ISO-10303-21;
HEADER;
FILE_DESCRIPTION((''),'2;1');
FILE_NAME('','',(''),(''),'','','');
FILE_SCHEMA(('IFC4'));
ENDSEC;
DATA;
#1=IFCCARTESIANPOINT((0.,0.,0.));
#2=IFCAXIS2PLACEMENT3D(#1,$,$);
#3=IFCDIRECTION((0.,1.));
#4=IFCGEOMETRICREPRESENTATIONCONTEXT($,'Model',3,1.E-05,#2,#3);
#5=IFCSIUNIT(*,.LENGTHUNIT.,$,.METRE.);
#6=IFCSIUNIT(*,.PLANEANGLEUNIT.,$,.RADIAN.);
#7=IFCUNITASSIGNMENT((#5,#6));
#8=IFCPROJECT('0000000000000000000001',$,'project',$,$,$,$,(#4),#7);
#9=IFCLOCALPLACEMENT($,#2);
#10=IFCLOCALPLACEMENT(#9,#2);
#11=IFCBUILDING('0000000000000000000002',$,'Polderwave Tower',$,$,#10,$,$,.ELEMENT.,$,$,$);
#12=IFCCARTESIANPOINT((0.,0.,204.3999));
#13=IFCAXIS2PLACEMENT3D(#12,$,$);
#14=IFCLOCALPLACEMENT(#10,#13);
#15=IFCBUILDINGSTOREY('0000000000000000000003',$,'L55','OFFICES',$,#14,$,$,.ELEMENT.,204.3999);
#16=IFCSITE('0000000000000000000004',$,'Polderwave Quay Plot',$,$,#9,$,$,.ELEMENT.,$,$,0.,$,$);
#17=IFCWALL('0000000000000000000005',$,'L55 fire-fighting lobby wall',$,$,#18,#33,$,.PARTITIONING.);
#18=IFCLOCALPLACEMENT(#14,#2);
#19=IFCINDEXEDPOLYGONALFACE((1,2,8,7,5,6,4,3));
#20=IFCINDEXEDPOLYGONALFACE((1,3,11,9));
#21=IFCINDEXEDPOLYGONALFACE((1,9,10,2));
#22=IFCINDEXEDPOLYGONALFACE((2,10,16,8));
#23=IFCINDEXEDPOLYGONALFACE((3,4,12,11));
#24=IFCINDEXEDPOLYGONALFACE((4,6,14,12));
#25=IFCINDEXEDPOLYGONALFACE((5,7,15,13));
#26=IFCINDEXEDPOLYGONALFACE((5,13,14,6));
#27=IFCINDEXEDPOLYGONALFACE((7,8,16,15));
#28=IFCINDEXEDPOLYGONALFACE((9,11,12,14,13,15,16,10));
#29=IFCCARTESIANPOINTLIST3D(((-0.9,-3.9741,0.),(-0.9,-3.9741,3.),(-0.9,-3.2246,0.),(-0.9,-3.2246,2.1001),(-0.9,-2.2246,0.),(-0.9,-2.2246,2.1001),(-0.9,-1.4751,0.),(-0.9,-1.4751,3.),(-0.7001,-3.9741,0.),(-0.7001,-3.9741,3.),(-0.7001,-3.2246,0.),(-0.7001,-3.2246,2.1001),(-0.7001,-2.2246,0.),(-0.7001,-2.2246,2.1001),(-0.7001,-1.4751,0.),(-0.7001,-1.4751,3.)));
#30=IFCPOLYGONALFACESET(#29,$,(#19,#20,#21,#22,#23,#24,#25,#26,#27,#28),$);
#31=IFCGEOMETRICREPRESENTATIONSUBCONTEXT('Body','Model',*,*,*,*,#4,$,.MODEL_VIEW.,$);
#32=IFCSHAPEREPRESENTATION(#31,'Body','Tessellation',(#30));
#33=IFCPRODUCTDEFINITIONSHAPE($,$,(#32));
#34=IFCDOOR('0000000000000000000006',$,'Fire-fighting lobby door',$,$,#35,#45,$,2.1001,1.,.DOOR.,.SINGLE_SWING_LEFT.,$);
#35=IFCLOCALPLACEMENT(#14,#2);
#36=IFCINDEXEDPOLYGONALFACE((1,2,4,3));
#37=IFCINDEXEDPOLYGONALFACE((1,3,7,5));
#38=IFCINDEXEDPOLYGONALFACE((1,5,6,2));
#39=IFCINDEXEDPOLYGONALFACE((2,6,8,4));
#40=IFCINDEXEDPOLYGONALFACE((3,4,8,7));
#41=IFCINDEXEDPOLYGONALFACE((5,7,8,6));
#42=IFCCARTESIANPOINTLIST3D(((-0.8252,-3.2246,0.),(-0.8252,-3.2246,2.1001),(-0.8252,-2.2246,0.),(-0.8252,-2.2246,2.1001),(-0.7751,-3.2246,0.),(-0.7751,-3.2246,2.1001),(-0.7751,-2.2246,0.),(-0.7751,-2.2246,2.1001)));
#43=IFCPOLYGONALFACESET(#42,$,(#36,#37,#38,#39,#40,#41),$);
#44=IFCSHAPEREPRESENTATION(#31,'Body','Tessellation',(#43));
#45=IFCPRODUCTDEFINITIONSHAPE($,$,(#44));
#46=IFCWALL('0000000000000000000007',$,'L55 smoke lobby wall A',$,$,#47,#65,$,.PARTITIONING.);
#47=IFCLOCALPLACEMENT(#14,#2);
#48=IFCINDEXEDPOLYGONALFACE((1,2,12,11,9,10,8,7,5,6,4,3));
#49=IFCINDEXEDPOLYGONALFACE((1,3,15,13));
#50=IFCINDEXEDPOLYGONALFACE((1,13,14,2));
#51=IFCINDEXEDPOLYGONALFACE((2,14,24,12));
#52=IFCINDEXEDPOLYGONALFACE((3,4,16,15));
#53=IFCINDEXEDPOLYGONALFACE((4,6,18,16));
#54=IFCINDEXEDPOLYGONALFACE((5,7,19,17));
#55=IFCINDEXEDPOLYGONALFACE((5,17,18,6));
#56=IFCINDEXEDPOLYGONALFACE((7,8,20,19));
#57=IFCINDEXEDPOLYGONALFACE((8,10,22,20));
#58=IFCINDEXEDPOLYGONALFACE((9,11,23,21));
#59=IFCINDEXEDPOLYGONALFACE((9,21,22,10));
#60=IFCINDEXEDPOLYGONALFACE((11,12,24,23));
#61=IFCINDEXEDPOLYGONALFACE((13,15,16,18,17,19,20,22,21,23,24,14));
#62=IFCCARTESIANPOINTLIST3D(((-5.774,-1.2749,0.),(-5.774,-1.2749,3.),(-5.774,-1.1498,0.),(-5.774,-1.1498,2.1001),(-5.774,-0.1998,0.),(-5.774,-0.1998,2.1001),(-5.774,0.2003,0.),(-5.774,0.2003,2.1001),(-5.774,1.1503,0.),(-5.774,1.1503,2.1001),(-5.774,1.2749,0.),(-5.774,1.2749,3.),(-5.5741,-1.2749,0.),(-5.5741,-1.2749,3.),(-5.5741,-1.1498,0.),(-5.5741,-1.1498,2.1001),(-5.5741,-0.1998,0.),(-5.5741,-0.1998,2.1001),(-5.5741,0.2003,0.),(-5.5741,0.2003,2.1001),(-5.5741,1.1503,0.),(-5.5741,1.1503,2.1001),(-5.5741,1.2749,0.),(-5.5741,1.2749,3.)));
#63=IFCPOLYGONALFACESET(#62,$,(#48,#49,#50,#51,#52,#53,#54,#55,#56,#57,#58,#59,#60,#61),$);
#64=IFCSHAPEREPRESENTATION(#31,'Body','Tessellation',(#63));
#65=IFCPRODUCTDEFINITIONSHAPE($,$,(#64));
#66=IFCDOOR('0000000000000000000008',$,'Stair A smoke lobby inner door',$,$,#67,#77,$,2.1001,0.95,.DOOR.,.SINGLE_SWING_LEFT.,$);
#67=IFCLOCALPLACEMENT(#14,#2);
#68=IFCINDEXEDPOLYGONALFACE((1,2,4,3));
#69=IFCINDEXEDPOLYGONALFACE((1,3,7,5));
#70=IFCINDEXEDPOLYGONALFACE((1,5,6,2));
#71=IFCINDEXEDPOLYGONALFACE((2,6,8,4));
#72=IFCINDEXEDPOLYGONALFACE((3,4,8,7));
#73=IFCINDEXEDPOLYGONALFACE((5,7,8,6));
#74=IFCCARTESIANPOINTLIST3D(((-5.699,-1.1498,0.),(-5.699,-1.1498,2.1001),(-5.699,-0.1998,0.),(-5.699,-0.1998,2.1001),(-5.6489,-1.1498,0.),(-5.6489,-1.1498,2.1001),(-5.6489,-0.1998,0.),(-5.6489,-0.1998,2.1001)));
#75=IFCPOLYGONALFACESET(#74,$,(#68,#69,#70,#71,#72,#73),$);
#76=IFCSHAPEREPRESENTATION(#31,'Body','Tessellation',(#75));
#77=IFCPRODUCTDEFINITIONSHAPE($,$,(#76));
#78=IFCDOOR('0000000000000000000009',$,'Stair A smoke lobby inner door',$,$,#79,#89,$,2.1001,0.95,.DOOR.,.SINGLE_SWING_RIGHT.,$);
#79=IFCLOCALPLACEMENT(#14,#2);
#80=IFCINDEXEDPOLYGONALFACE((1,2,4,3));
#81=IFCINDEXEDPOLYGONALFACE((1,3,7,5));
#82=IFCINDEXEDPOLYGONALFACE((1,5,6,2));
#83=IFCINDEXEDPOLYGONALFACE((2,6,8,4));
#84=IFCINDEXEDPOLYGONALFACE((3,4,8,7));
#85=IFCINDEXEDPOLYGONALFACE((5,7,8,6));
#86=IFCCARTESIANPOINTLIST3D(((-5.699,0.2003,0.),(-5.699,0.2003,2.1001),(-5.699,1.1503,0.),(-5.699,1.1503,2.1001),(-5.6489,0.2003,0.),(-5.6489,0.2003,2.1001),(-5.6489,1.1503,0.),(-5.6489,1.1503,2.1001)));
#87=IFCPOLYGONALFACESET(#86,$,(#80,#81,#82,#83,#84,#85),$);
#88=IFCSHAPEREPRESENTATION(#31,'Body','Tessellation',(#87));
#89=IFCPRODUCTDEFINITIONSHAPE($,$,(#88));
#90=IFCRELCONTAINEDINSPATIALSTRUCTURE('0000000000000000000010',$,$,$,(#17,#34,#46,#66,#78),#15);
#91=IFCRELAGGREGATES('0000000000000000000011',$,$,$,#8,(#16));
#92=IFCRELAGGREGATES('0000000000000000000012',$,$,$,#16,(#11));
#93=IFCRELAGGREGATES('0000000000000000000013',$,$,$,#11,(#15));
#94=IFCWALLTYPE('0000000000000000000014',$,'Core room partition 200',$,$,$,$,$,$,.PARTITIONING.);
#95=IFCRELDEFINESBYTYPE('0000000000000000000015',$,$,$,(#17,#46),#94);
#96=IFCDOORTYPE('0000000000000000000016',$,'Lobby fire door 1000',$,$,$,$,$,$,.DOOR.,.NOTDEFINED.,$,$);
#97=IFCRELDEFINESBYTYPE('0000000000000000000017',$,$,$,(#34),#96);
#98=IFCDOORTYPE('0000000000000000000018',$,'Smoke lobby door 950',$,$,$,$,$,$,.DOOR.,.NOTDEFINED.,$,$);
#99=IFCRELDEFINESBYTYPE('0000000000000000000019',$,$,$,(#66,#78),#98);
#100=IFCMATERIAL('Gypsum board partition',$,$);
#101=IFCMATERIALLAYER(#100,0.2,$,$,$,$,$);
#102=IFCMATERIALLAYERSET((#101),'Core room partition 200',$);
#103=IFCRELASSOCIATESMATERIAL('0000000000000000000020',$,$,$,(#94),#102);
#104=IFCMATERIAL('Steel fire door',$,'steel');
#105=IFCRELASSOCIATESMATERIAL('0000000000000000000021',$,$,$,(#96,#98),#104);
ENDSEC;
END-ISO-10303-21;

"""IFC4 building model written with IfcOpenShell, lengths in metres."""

from ifc_helpers import new_model, si_unit, direction, frame, frame_2d, origin, place, context, subcontext, project, spatial, rectangle, extrude, material, layer, layer_set, type_object, element, fill, save


model = new_model("IFC4")

# Units and contexts
model_context = context("Model", 3, precision=1e-05, world=origin(), true_north=direction((0.0, 1.0)))
body_context = subcontext(model_context, "Body", "Model", "MODEL_VIEW")
ifc_project = project(units=[si_unit("LENGTHUNIT", "METRE"), si_unit("PLANEANGLEUNIT", "RADIAN")], contexts=[model_context])

# Site, building, storey
site_placement = place(None, origin())
site = spatial("IfcSite", under=ifc_project, at=site_placement, Name="Polderwave Quay Plot", CompositionType="ELEMENT", RefElevation=0.0)
building_placement = place(site_placement, origin())
building = spatial("IfcBuilding", under=site, at=building_placement, Name="Polderwave Tower", CompositionType="ELEMENT")
storey_placement = place(building_placement, frame((0.0, 0.0, 204.3999)))
storey = spatial("IfcBuildingStorey", under=building, at=storey_placement, Name="L55", Description="OFFICES", CompositionType="ELEMENT", Elevation=204.3999)

# Wall, opening, door
ifc_material_1 = material(Name="Gypsum board partition")
ifc_layer_1 = layer(ifc_material_1, 0.2)
ifc_layer_set_1 = layer_set([ifc_layer_1], Name="Core room partition 200")
wall_type_1 = type_object("IfcWallType", Name="Core room partition 200", PredefinedType="PARTITIONING", material=ifc_layer_set_1)
wall_1_placement = place(storey_placement, frame((-0.8, -3.9741, 0.0), z_axis=(0.0, 0.0, 1.0), x_axis=(0.0, 1.0, 0.0)))
wall_1 = element("IfcWall", 1, at=wall_1_placement, inside=storey, type_object=wall_type_1, Name="L55 fire-fighting lobby wall", PredefinedType="PARTITIONING", context=body_context, shape_type="SweptSolid", body=[
    extrude(rectangle(XDim=2.499, YDim=0.2, at=frame_2d((1.2495, 0.0))), origin(), (0.0, 0.0, 1.0), 3.0),
])
opening_1_placement = place(wall_1_placement, frame((0.7495, 0.0, 0.0)))
opening_1 = element("IfcOpeningElement", 2, at=opening_1_placement, cuts=wall_1, PredefinedType="OPENING", context=body_context, shape_type="SweptSolid", body=[
    extrude(rectangle(XDim=1.0, YDim=2.1001, at=frame_2d((0.5, 1.05))), frame((0.0, 0.1099, 0.0), z_axis=(0.0, -1.0, 0.0), x_axis=(1.0, 0.0, 0.0)), (0.0, 0.0, 1.0), 0.22),
])
ifc_material_2 = material(Name="Steel fire door", Category="steel")
door_type_1 = type_object("IfcDoorType", Name="Lobby fire door 1000", OperationType="NOTDEFINED", PredefinedType="DOOR", material=ifc_material_2)
door_1_placement = place(opening_1_placement, frame((1.0, 0.0, 0.0), z_axis=(0.0, 0.0, 1.0), x_axis=(-1.0, 0.0, 0.0)))
door_1 = element("IfcDoor", 3, at=door_1_placement, inside=storey, type_object=door_type_1, Name="Fire-fighting lobby door", OperationType="SINGLE_SWING_LEFT", OverallHeight=2.1001, OverallWidth=1.0, PredefinedType="DOOR", context=body_context, shape_type="SweptSolid", body=[
    extrude(rectangle(XDim=1.0, YDim=2.1001, at=frame_2d((0.5, 1.05))), frame((0.0, 0.0249, 0.0), z_axis=(0.0, -1.0, 0.0), x_axis=(1.0, 0.0, 0.0)), (0.0, 0.0, 1.0), 0.05),
])
fill(opening_1, door_1)

# Wall, openings, doors
wall_2_placement = place(storey_placement, frame((-5.6741, -1.2749, 0.0), z_axis=(0.0, 0.0, 1.0), x_axis=(0.0, 1.0, 0.0)))
wall_2 = element("IfcWall", 4, at=wall_2_placement, inside=storey, type_object=wall_type_1, Name="L55 smoke lobby wall A", PredefinedType="PARTITIONING", context=body_context, shape_type="SweptSolid", body=[
    extrude(rectangle(XDim=2.5498, YDim=0.2, at=frame_2d((1.2749, 0.0))), origin(), (0.0, 0.0, 1.0), 3.0),
])
opening_2_placement = place(wall_2_placement, frame((0.125, 0.0, 0.0)))
opening_2 = element("IfcOpeningElement", 5, at=opening_2_placement, cuts=wall_2, PredefinedType="OPENING", context=body_context, shape_type="SweptSolid", body=[
    extrude(rectangle(XDim=0.95, YDim=2.1001, at=frame_2d((0.4751, 1.05))), frame((0.0, 0.1099, 0.0), z_axis=(0.0, -1.0, 0.0), x_axis=(1.0, 0.0, 0.0)), (0.0, 0.0, 1.0), 0.22),
])
opening_3_placement = place(wall_2_placement, frame((1.4751, 0.0, 0.0)))
opening_3 = element("IfcOpeningElement", 6, at=opening_3_placement, cuts=wall_2, PredefinedType="OPENING", context=body_context, shape_type="SweptSolid", body=[
    extrude(rectangle(XDim=0.95, YDim=2.1001, at=frame_2d((0.4751, 1.05))), frame((0.0, 0.1099, 0.0), z_axis=(0.0, -1.0, 0.0), x_axis=(1.0, 0.0, 0.0)), (0.0, 0.0, 1.0), 0.22),
])
door_type_2 = type_object("IfcDoorType", Name="Smoke lobby door 950", OperationType="NOTDEFINED", PredefinedType="DOOR", material=ifc_material_2)
door_2_placement = place(opening_2_placement, origin())
door_2 = element("IfcDoor", 7, at=door_2_placement, inside=storey, type_object=door_type_2, Name="Stair A smoke lobby inner door", OperationType="SINGLE_SWING_LEFT", OverallHeight=2.1001, OverallWidth=0.95, PredefinedType="DOOR", context=body_context, shape_type="SweptSolid", body=[
    extrude(rectangle(XDim=0.95, YDim=2.1001, at=frame_2d((0.4751, 1.05))), frame((0.0, 0.0249, 0.0), z_axis=(0.0, -1.0, 0.0), x_axis=(1.0, 0.0, 0.0)), (0.0, 0.0, 1.0), 0.05),
])
fill(opening_2, door_2)
door_3_placement = place(opening_3_placement, origin())
door_3 = element("IfcDoor", 8, at=door_3_placement, inside=storey, type_object=door_type_2, Name="Stair A smoke lobby inner door", OperationType="SINGLE_SWING_RIGHT", OverallHeight=2.1001, OverallWidth=0.95, PredefinedType="DOOR", context=body_context, shape_type="SweptSolid", body=[
    extrude(rectangle(XDim=0.95, YDim=2.1001, at=frame_2d((0.4751, 1.05))), frame((0.0, 0.0249, 0.0), z_axis=(0.0, -1.0, 0.0), x_axis=(1.0, 0.0, 0.0)), (0.0, 0.0, 1.0), 0.05),
])
fill(opening_3, door_3)

save(model, "model.ifc")
